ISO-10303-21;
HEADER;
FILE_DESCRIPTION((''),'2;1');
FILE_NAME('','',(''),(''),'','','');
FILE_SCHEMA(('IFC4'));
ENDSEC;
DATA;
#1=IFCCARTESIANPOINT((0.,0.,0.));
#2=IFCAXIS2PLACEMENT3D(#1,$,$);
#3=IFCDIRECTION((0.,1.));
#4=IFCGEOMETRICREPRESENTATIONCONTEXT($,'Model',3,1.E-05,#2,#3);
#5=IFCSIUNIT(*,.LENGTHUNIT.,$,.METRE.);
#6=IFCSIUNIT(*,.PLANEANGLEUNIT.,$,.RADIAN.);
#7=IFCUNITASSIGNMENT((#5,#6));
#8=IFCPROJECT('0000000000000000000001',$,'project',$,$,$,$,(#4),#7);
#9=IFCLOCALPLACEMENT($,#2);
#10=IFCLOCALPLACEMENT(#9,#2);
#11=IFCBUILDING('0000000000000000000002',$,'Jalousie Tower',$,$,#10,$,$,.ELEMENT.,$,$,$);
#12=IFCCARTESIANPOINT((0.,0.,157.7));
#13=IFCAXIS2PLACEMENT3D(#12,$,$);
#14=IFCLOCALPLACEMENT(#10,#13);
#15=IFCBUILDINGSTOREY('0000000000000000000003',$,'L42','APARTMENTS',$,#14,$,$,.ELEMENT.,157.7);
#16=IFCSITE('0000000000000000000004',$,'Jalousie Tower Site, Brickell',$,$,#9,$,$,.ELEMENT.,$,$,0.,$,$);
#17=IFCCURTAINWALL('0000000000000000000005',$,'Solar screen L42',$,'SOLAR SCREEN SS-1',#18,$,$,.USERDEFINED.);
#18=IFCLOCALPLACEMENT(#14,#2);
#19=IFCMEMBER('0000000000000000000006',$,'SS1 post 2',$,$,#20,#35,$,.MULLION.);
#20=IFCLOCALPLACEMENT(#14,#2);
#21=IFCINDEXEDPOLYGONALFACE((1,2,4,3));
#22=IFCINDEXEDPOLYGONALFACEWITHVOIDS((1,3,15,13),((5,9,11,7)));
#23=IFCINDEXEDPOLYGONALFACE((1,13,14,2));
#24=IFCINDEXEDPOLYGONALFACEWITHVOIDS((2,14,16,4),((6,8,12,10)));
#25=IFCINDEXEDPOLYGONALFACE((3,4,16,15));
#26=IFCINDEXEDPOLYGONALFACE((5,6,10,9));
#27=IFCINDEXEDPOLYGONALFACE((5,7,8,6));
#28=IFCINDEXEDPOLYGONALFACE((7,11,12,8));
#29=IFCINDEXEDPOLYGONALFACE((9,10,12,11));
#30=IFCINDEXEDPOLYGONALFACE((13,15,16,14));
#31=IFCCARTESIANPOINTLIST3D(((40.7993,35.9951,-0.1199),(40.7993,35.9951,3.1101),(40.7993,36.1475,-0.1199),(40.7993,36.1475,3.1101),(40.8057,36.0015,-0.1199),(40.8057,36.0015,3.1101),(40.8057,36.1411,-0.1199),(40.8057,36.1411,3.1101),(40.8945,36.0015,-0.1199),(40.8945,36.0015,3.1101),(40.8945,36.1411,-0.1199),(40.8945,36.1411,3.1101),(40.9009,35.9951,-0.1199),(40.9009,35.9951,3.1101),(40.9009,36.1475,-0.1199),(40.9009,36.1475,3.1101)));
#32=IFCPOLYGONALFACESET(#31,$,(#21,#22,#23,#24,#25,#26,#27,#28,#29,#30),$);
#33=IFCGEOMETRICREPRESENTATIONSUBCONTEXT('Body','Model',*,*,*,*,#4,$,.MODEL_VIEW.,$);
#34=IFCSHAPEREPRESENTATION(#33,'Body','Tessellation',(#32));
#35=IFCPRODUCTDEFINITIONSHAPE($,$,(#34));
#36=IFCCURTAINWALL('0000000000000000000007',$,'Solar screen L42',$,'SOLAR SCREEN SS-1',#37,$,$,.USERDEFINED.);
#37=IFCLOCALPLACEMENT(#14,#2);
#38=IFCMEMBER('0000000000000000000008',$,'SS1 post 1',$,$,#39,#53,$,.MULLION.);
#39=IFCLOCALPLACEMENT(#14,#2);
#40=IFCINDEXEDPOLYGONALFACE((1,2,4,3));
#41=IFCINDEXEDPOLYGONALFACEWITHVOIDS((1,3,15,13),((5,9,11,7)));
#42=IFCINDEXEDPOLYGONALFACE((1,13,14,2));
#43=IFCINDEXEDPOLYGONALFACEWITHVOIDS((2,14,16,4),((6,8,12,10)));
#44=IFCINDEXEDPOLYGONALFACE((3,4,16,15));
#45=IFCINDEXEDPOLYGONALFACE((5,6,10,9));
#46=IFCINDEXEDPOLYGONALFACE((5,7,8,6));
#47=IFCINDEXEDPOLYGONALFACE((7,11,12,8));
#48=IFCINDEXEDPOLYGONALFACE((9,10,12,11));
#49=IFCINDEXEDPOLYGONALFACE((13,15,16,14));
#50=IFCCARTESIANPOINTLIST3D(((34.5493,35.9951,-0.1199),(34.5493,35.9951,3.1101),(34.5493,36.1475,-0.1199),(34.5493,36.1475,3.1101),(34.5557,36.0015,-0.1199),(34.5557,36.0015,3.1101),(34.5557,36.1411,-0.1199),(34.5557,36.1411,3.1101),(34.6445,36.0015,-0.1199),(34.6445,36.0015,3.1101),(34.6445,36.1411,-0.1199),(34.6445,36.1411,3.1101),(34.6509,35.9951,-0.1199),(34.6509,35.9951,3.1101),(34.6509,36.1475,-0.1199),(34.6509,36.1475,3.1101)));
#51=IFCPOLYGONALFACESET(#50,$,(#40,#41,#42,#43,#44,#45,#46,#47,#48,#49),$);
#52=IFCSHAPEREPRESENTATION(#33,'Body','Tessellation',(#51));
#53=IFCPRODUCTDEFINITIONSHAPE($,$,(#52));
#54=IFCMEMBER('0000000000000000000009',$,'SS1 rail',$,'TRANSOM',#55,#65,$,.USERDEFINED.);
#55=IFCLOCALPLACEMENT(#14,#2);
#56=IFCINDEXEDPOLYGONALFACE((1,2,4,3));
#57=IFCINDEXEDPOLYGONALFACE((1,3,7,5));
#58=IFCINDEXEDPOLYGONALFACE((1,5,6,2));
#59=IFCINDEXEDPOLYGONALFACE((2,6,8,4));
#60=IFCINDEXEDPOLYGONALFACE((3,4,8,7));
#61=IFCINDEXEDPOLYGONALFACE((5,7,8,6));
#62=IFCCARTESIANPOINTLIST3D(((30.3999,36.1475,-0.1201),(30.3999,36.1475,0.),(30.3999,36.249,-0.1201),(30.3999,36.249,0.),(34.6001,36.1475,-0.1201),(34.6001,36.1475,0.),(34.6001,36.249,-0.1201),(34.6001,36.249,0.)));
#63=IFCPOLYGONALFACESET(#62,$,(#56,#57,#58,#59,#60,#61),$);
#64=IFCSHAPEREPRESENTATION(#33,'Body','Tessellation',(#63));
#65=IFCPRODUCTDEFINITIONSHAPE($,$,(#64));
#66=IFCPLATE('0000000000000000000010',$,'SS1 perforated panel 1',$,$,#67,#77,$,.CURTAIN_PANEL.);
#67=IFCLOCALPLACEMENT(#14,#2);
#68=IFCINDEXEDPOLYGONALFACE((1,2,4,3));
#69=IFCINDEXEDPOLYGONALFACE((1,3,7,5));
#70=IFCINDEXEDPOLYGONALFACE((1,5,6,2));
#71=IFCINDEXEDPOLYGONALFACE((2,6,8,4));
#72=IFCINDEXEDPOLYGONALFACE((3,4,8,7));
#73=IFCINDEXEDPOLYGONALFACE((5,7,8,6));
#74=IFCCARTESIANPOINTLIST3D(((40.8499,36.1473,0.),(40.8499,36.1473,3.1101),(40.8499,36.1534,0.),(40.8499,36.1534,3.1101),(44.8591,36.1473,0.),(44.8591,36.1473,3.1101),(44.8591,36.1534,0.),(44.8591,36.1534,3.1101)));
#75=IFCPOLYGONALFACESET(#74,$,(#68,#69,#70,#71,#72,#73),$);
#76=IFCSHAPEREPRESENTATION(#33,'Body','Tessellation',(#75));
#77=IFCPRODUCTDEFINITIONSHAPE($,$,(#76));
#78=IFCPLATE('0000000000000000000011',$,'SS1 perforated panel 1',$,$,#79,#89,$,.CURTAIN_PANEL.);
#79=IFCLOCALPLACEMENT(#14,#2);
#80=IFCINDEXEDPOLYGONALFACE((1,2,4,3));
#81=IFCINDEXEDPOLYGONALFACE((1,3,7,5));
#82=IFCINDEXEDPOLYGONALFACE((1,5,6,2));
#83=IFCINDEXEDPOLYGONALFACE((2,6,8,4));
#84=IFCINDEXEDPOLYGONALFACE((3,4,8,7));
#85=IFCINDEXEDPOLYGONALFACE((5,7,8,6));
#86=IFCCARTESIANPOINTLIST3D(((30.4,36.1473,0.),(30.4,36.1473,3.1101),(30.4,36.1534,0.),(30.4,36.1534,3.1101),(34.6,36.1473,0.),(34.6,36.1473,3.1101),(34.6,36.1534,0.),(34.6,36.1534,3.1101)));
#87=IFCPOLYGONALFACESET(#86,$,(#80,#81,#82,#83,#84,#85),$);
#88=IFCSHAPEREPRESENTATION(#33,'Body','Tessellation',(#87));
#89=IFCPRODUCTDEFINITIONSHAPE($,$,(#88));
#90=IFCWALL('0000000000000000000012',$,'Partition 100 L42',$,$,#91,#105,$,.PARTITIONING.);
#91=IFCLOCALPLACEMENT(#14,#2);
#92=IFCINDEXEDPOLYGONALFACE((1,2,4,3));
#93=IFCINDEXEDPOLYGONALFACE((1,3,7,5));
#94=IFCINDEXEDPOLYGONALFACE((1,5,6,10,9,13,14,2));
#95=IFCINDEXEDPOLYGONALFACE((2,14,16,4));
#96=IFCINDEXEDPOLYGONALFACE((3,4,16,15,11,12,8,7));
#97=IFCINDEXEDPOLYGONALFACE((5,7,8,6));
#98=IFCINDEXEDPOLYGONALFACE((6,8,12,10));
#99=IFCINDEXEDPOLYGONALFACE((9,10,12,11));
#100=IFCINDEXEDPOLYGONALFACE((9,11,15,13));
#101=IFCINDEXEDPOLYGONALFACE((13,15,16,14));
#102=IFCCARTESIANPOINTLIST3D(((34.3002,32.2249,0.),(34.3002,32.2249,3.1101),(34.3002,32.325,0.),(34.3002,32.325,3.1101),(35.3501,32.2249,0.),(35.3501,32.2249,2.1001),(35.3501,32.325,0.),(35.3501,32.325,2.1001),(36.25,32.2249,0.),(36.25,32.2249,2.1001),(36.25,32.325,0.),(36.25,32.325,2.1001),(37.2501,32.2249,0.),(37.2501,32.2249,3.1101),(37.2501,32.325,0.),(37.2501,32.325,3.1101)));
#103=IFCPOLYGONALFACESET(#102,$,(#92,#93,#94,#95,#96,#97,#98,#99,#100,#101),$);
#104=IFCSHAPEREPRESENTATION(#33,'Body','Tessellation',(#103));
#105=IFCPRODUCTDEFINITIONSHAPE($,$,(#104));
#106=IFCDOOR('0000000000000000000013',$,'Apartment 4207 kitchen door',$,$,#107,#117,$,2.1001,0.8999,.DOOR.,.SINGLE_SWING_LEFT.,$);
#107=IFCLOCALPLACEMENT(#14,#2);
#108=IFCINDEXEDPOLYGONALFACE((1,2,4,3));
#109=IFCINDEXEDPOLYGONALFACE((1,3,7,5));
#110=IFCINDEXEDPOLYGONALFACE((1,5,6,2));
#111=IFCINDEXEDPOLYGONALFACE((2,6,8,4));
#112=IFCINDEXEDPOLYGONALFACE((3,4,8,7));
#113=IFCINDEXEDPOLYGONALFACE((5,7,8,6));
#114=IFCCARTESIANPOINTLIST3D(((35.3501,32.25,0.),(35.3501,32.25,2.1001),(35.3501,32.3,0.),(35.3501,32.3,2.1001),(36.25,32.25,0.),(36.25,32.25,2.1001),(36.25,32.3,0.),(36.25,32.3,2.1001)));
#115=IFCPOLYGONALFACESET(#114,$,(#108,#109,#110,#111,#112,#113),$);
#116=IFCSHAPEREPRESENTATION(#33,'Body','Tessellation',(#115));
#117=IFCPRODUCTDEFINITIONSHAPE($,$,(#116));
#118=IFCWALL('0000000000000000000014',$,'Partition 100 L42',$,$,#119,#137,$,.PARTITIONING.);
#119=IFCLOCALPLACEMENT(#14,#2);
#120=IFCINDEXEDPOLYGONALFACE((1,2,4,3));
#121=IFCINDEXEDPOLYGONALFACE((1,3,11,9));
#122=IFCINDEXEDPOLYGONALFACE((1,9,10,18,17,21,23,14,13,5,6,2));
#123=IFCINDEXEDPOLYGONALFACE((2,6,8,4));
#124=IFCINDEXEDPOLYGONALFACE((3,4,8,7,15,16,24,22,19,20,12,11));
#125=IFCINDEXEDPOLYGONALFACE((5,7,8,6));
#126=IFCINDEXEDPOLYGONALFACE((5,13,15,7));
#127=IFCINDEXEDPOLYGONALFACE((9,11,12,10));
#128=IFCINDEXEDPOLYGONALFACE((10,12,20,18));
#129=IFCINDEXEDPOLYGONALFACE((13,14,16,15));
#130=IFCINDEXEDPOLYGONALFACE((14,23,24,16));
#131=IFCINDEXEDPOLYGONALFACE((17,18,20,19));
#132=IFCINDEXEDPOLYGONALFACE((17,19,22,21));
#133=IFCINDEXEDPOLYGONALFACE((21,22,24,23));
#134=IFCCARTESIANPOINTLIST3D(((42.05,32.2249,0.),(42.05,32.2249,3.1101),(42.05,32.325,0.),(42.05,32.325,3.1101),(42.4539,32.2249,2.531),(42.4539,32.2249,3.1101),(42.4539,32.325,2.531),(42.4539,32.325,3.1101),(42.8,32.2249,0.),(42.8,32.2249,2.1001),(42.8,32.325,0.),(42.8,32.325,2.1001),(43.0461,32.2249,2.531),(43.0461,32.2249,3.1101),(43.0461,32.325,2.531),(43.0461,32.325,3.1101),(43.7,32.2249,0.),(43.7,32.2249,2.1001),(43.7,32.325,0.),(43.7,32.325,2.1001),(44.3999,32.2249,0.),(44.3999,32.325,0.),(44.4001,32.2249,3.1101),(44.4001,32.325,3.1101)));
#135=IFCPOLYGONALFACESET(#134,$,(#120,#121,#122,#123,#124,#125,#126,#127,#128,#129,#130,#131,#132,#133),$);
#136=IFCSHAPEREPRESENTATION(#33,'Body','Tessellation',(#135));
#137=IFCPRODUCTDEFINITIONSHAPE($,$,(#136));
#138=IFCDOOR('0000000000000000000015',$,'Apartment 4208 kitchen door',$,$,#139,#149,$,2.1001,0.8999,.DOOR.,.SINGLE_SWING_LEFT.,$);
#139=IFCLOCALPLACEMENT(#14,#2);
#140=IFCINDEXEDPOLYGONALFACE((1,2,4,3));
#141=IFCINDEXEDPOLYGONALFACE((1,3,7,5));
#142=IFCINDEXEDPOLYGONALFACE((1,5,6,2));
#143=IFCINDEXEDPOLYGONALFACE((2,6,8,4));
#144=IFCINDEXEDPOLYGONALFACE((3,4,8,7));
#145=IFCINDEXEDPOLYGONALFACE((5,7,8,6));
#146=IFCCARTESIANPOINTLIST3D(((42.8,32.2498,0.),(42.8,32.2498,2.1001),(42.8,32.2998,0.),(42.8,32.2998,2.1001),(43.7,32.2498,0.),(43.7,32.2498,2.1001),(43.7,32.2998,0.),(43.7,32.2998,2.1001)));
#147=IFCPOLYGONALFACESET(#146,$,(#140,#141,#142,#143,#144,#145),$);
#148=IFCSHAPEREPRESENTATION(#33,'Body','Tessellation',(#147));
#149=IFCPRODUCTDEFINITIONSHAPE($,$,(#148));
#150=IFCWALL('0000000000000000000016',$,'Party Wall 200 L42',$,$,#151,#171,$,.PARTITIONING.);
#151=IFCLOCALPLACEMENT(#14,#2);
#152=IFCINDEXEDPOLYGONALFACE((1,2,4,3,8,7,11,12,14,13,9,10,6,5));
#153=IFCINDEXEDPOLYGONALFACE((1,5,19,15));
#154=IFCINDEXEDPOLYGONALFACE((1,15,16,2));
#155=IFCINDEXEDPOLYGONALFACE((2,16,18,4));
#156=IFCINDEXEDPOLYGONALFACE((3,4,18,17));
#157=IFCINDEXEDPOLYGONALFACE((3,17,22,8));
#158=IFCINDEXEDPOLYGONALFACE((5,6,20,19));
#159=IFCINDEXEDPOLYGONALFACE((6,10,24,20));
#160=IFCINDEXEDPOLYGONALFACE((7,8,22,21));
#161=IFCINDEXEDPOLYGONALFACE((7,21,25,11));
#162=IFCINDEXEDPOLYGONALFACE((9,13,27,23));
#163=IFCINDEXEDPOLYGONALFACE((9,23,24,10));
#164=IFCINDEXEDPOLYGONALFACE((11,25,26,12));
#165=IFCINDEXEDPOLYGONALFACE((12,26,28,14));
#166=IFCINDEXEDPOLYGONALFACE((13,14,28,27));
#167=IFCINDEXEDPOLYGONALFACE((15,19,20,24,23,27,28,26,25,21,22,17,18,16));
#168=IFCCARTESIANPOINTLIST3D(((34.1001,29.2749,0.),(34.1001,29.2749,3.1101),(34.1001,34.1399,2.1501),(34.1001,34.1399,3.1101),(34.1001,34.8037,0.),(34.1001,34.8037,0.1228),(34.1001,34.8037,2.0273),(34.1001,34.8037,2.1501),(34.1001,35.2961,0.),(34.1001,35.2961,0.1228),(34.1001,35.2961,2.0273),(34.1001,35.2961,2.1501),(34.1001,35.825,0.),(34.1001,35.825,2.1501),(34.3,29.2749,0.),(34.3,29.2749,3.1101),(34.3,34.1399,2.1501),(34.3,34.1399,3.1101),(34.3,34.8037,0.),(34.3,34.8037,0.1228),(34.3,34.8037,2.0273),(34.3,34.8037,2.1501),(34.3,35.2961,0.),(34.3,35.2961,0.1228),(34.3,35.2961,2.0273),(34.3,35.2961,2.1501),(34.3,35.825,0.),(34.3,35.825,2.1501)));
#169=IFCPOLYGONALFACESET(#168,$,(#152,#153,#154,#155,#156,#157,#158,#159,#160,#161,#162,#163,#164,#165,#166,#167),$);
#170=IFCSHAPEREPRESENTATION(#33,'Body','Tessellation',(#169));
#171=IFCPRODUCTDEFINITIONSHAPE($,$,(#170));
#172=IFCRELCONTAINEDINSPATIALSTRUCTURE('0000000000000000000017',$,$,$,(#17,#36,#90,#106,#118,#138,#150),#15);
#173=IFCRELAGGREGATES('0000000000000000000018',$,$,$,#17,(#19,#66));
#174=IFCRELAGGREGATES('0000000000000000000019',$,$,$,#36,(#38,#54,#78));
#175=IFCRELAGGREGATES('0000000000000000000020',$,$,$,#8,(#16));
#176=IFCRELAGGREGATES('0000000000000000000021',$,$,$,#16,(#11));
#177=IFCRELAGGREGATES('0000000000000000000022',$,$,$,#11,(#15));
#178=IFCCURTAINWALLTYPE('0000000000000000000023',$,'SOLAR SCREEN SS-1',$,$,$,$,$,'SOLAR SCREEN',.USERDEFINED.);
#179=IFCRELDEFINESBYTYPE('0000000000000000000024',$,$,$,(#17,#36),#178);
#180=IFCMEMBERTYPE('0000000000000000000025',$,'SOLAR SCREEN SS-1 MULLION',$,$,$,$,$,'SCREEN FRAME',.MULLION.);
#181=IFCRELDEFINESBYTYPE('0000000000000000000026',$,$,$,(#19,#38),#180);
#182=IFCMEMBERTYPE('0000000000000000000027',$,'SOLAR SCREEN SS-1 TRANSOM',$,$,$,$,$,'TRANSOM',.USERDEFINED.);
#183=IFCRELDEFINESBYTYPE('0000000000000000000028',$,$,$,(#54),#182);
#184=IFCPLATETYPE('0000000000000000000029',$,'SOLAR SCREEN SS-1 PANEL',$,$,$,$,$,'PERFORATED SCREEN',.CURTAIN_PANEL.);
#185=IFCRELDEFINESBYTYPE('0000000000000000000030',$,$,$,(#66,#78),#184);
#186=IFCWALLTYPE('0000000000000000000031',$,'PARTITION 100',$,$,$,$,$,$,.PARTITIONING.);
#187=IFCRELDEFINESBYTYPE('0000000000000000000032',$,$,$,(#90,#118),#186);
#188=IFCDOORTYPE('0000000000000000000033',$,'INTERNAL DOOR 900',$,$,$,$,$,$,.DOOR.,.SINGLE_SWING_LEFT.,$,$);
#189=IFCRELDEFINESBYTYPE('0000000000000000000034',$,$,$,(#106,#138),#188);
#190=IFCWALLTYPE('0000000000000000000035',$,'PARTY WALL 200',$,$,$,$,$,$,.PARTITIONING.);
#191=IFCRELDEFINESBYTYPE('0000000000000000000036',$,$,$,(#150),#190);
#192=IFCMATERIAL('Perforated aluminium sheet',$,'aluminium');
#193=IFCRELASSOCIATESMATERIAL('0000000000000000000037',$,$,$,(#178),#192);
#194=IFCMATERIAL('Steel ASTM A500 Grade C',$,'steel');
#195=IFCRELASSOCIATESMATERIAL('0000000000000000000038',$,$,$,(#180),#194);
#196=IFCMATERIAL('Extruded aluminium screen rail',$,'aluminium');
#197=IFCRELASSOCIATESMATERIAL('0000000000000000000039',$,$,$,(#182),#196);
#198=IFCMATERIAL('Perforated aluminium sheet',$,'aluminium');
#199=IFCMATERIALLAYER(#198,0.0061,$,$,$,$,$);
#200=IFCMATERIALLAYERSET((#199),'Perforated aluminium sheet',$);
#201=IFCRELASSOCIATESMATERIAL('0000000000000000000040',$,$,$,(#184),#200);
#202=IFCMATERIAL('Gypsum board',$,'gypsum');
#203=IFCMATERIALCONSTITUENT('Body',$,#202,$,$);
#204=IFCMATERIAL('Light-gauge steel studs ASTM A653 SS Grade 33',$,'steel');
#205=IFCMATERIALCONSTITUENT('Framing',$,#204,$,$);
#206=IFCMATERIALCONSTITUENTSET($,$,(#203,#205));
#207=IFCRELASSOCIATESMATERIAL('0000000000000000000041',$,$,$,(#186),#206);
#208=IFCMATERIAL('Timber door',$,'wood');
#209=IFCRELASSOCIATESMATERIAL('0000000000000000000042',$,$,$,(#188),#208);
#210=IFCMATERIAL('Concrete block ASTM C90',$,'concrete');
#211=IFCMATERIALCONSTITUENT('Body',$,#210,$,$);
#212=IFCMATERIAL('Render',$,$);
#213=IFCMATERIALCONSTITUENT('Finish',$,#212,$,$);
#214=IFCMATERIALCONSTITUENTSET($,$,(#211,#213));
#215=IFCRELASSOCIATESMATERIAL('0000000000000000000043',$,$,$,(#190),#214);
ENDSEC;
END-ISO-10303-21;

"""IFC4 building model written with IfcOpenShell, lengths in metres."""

from ifc_helpers import new_model, si_unit, direction, frame, frame_2d, origin, origin_2d, place, context, subcontext, project, spatial, polyline, rectangle, hollow_rectangle, outline, extrude, material, layer, layer_set, constituent, constituent_set, material_profile, profile_set, type_object, element, fill, aggregate, save


model = new_model("IFC4")

# Units and contexts
model_context = context("Model", 3, precision=1e-05, world=origin(), true_north=direction((0.0, 1.0)))
body_context = subcontext(model_context, "Body", "Model", "MODEL_VIEW")
ifc_project = project(units=[si_unit("LENGTHUNIT", "METRE"), si_unit("PLANEANGLEUNIT", "RADIAN")], contexts=[model_context])

# Site, building, storey
site_placement = place(None, origin())
site = spatial("IfcSite", under=ifc_project, at=site_placement, Name="Jalousie Tower Site, Brickell", CompositionType="ELEMENT", RefElevation=0.0)
building_placement = place(site_placement, origin())
building = spatial("IfcBuilding", under=site, at=building_placement, Name="Jalousie Tower", CompositionType="ELEMENT")
storey_placement = place(building_placement, frame((0.0, 0.0, 157.7)))
storey = spatial("IfcBuildingStorey", under=building, at=storey_placement, Name="L42", Description="APARTMENTS", CompositionType="ELEMENT", Elevation=157.7)

# Curtain wall, member
ifc_material_1 = material(Name="Perforated aluminium sheet", Category="aluminium")
curtain_wall_type = type_object("IfcCurtainWallType", Name="SOLAR SCREEN SS-1", ElementType="SOLAR SCREEN", PredefinedType="USERDEFINED", material=ifc_material_1)
curtain_wall_1_placement = place(storey_placement, origin())
curtain_wall_1 = element("IfcCurtainWall", 1, at=curtain_wall_1_placement, inside=storey, type_object=curtain_wall_type, Name="Solar screen L42", ObjectType="SOLAR SCREEN SS-1", PredefinedType="USERDEFINED")
ifc_material_2 = material(Name="Steel ASTM A500 Grade C", Category="steel")
ifc_material_profile_1 = material_profile(ifc_material_2, hollow_rectangle(XDim=0.1016, YDim=0.1523, WallThickness=0.0063, at=origin_2d()), Name="HSS6X4X1/4")
ifc_profile_set_1 = profile_set([ifc_material_profile_1], Name="Steel ASTM A500 Grade C")
member_type_1 = type_object("IfcMemberType", Name="SOLAR SCREEN SS-1 MULLION", ElementType="SCREEN FRAME", PredefinedType="MULLION", material=ifc_profile_set_1)
member_1_placement = place(storey_placement, frame((40.8501, 36.0713, -0.1199), z_axis=(0.0, 0.0, 1.0), x_axis=(-1.0, 0.0, 0.0)))
member_1 = element("IfcMember", 2, at=member_1_placement, type_object=member_type_1, Name="SS1 post 2", PredefinedType="MULLION", context=body_context, shape_type="SweptSolid", body=[
    extrude(hollow_rectangle(XDim=0.1016, YDim=0.1523, WallThickness=0.0063, at=origin_2d()), origin(), (0.0, 0.0, 1.0), 3.23),
])

# Curtain wall, members
curtain_wall_2_placement = place(storey_placement, origin())
curtain_wall_2 = element("IfcCurtainWall", 3, at=curtain_wall_2_placement, inside=storey, type_object=curtain_wall_type, Name="Solar screen L42", ObjectType="SOLAR SCREEN SS-1", PredefinedType="USERDEFINED")
member_2_placement = place(storey_placement, frame((34.6001, 36.0713, -0.1199), z_axis=(0.0, 0.0, 1.0), x_axis=(-1.0, 0.0, 0.0)))
member_2 = element("IfcMember", 4, at=member_2_placement, type_object=member_type_1, Name="SS1 post 1", PredefinedType="MULLION", context=body_context, shape_type="SweptSolid", body=[
    extrude(hollow_rectangle(XDim=0.1016, YDim=0.1523, WallThickness=0.0063, at=origin_2d()), origin(), (0.0, 0.0, 1.0), 3.23),
])
ifc_material_3 = material(Name="Extruded aluminium screen rail", Category="aluminium")
ifc_material_profile_2 = material_profile(ifc_material_3, rectangle(XDim=0.1016, YDim=0.1201, at=origin_2d()), Name="RAIL 102x120")
ifc_profile_set_2 = profile_set([ifc_material_profile_2], Name="Extruded aluminium screen rail")
member_type_2 = type_object("IfcMemberType", Name="SOLAR SCREEN SS-1 TRANSOM", ElementType="TRANSOM", PredefinedType="USERDEFINED", material=ifc_profile_set_2)
member_3_placement = place(storey_placement, frame((34.6001, 36.1982, -0.0601), z_axis=(-1.0, 0.0, 0.0), x_axis=(0.0, -1.0, 0.0)))
member_3 = element("IfcMember", 5, at=member_3_placement, type_object=member_type_2, Name="SS1 rail", ObjectType="TRANSOM", PredefinedType="USERDEFINED", context=body_context, shape_type="SweptSolid", body=[
    extrude(rectangle(XDim=0.1016, YDim=0.1201, at=origin_2d()), origin(), (0.0, 0.0, 1.0), 4.2002),
])

# Plates
ifc_material_4 = material(Name="Perforated aluminium sheet", Category="aluminium")
ifc_layer_1 = layer(ifc_material_4, 0.0061)
ifc_layer_set_1 = layer_set([ifc_layer_1], Name="Perforated aluminium sheet")
plate_type = type_object("IfcPlateType", Name="SOLAR SCREEN SS-1 PANEL", ElementType="PERFORATED SCREEN", PredefinedType="CURTAIN_PANEL", material=ifc_layer_set_1)
plate_1_placement = place(storey_placement, frame((42.8545, 36.1504, 0.0), z_axis=(0.0, 0.0, 1.0), x_axis=(-1.0, 0.0, 0.0)))
plate_1 = element("IfcPlate", 6, at=plate_1_placement, type_object=plate_type, Name="SS1 perforated panel 1", PredefinedType="CURTAIN_PANEL", context=body_context, shape_type="SweptSolid", body=[
    extrude(rectangle(XDim=4.0093, YDim=0.0061, at=origin_2d()), origin(), (0.0, 0.0, 1.0), 3.1101),
])
aggregate(curtain_wall_1, [member_1, plate_1])
plate_2_placement = place(storey_placement, frame((32.5, 36.1504, 0.0), z_axis=(0.0, 0.0, 1.0), x_axis=(-1.0, 0.0, 0.0)))
plate_2 = element("IfcPlate", 7, at=plate_2_placement, type_object=plate_type, Name="SS1 perforated panel 1", PredefinedType="CURTAIN_PANEL", context=body_context, shape_type="SweptSolid", body=[
    extrude(rectangle(XDim=4.2, YDim=0.0061, at=origin_2d()), origin(), (0.0, 0.0, 1.0), 3.1101),
])
aggregate(curtain_wall_2, [member_2, member_3, plate_2])

# Walls, openings, doors
ifc_material_5 = material(Name="Gypsum board", Category="gypsum")
ifc_constituent_1 = constituent(ifc_material_5, Name="Body")
ifc_material_6 = material(Name="Light-gauge steel studs ASTM A653 SS Grade 33", Category="steel")
ifc_constituent_2 = constituent(ifc_material_6, Name="Framing")
ifc_constituent_set_1 = constituent_set(constituents=[ifc_constituent_1, ifc_constituent_2])
wall_type_1 = type_object("IfcWallType", Name="PARTITION 100", PredefinedType="PARTITIONING", material=ifc_constituent_set_1)
wall_1_placement = place(storey_placement, frame((34.3, 32.2749, 0.0), z_axis=(0.0, 0.0, 1.0), x_axis=(1.0, 0.0, 0.0)))
wall_1 = element("IfcWall", 8, at=wall_1_placement, inside=storey, type_object=wall_type_1, Name="Partition 100 L42", PredefinedType="PARTITIONING", context=body_context, shape_type="SweptSolid", body=[
    extrude(rectangle(XDim=2.95, YDim=0.1001, at=frame_2d((1.4751, 0.0))), origin(), (0.0, 0.0, 1.0), 3.1101),
])
opening_1_placement = place(wall_1_placement, frame((1.05, 0.0, 0.0)))
opening_1 = element("IfcOpeningElement", 9, at=opening_1_placement, cuts=wall_1, PredefinedType="OPENING", context=body_context, shape_type="SweptSolid", body=[
    extrude(rectangle(XDim=0.8999, YDim=2.1001, at=frame_2d((0.45, 1.05))), frame((0.0, 0.0601, 0.0), z_axis=(0.0, -1.0, 0.0), x_axis=(1.0, 0.0, 0.0)), (0.0, 0.0, 1.0), 0.1201),
])
ifc_material_7 = material(Name="Timber door", Category="wood")
door_type = type_object("IfcDoorType", Name="INTERNAL DOOR 900", OperationType="SINGLE_SWING_LEFT", PredefinedType="DOOR", material=ifc_material_7)
door_1_placement = place(opening_1_placement, frame((0.8999, 0.0, 0.0), z_axis=(0.0, 0.0, 1.0), x_axis=(-1.0, 0.0, 0.0)))
door_1 = element("IfcDoor", 10, at=door_1_placement, inside=storey, type_object=door_type, Name="Apartment 4207 kitchen door", OperationType="SINGLE_SWING_LEFT", OverallHeight=2.1001, OverallWidth=0.8999, PredefinedType="DOOR", context=body_context, shape_type="SweptSolid", body=[
    extrude(rectangle(XDim=0.8999, YDim=2.1001, at=frame_2d((0.45, 1.05))), frame((0.0, 0.0249, 0.0), z_axis=(0.0, -1.0, 0.0), x_axis=(1.0, 0.0, 0.0)), (0.0, 0.0, 1.0), 0.05),
])
fill(opening_1, door_1)
wall_2_placement = place(storey_placement, frame((42.05, 32.2749, 0.0), z_axis=(0.0, 0.0, 1.0), x_axis=(1.0, 0.0, 0.0)))
wall_2 = element("IfcWall", 11, at=wall_2_placement, inside=storey, type_object=wall_type_1, Name="Partition 100 L42", PredefinedType="PARTITIONING", context=body_context, shape_type="SweptSolid", body=[
    extrude(outline(polyline([(0.0, 0.0), (2.3499, 0.0), (2.3501, 3.1101), (0.9961, 3.1101), (0.9961, 2.531), (0.4038, 2.531), (0.4038, 3.1101), (0.0, 3.1101), (0.0, 0.0)])), frame((0.0, 0.05, 0.0), z_axis=(0.0, -1.0, 0.0), x_axis=(1.0, 0.0, 0.0)), (0.0, 0.0, 1.0), 0.1001),
])
opening_2_placement = place(wall_2_placement, frame((0.75, 0.0, 0.0)))
opening_2 = element("IfcOpeningElement", 12, at=opening_2_placement, cuts=wall_2, PredefinedType="OPENING", context=body_context, shape_type="SweptSolid", body=[
    extrude(rectangle(XDim=0.8999, YDim=2.1001, at=frame_2d((0.45, 1.05))), frame((0.0, 0.0601, 0.0), z_axis=(0.0, -1.0, 0.0), x_axis=(1.0, 0.0, 0.0)), (0.0, 0.0, 1.0), 0.1201),
])
door_2_placement = place(opening_2_placement, origin())
door_2 = element("IfcDoor", 13, at=door_2_placement, inside=storey, type_object=door_type, Name="Apartment 4208 kitchen door", OperationType="SINGLE_SWING_LEFT", OverallHeight=2.1001, OverallWidth=0.8999, PredefinedType="DOOR", context=body_context, shape_type="SweptSolid", body=[
    extrude(rectangle(XDim=0.8999, YDim=2.1001, at=frame_2d((0.45, 1.05))), frame((0.0, 0.0249, 0.0), z_axis=(0.0, -1.0, 0.0), x_axis=(1.0, 0.0, 0.0)), (0.0, 0.0, 1.0), 0.05),
])
fill(opening_2, door_2)

# Wall
ifc_material_8 = material(Name="Concrete block ASTM C90", Category="concrete")
ifc_constituent_3 = constituent(ifc_material_8, Name="Body")
ifc_material_9 = material(Name="Render")
ifc_constituent_4 = constituent(ifc_material_9, Name="Finish")
ifc_constituent_set_2 = constituent_set(constituents=[ifc_constituent_3, ifc_constituent_4])
wall_type_2 = type_object("IfcWallType", Name="PARTY WALL 200", PredefinedType="PARTITIONING", material=ifc_constituent_set_2)
wall_3_placement = place(storey_placement, frame((34.2, 35.825, 0.0), z_axis=(0.0, 0.0, 1.0), x_axis=(0.0, -1.0, 0.0)))
element("IfcWall", 14, at=wall_3_placement, inside=storey, type_object=wall_type_2, Name="Party Wall 200 L42", PredefinedType="PARTITIONING", context=body_context, shape_type="SweptSolid", body=[
    extrude(outline(polyline([(0.5288, 2.1501), (0.0, 2.1501), (0.0, 0.0), (0.5288, 0.0), (0.5288, 0.1228), (1.0212, 0.1228), (1.0212, 0.0), (6.55, 0.0), (6.55, 3.1101), (1.6851, 3.1101), (1.6851, 2.1501), (1.0212, 2.1501), (1.0212, 2.0273), (0.5288, 2.0273), (0.5288, 2.1501)])), frame((0.0, 0.1001, 0.0), z_axis=(0.0, -1.0, 0.0), x_axis=(1.0, 0.0, 0.0)), (0.0, 0.0, 1.0), 0.2),
])

save(model, "model.ifc")
